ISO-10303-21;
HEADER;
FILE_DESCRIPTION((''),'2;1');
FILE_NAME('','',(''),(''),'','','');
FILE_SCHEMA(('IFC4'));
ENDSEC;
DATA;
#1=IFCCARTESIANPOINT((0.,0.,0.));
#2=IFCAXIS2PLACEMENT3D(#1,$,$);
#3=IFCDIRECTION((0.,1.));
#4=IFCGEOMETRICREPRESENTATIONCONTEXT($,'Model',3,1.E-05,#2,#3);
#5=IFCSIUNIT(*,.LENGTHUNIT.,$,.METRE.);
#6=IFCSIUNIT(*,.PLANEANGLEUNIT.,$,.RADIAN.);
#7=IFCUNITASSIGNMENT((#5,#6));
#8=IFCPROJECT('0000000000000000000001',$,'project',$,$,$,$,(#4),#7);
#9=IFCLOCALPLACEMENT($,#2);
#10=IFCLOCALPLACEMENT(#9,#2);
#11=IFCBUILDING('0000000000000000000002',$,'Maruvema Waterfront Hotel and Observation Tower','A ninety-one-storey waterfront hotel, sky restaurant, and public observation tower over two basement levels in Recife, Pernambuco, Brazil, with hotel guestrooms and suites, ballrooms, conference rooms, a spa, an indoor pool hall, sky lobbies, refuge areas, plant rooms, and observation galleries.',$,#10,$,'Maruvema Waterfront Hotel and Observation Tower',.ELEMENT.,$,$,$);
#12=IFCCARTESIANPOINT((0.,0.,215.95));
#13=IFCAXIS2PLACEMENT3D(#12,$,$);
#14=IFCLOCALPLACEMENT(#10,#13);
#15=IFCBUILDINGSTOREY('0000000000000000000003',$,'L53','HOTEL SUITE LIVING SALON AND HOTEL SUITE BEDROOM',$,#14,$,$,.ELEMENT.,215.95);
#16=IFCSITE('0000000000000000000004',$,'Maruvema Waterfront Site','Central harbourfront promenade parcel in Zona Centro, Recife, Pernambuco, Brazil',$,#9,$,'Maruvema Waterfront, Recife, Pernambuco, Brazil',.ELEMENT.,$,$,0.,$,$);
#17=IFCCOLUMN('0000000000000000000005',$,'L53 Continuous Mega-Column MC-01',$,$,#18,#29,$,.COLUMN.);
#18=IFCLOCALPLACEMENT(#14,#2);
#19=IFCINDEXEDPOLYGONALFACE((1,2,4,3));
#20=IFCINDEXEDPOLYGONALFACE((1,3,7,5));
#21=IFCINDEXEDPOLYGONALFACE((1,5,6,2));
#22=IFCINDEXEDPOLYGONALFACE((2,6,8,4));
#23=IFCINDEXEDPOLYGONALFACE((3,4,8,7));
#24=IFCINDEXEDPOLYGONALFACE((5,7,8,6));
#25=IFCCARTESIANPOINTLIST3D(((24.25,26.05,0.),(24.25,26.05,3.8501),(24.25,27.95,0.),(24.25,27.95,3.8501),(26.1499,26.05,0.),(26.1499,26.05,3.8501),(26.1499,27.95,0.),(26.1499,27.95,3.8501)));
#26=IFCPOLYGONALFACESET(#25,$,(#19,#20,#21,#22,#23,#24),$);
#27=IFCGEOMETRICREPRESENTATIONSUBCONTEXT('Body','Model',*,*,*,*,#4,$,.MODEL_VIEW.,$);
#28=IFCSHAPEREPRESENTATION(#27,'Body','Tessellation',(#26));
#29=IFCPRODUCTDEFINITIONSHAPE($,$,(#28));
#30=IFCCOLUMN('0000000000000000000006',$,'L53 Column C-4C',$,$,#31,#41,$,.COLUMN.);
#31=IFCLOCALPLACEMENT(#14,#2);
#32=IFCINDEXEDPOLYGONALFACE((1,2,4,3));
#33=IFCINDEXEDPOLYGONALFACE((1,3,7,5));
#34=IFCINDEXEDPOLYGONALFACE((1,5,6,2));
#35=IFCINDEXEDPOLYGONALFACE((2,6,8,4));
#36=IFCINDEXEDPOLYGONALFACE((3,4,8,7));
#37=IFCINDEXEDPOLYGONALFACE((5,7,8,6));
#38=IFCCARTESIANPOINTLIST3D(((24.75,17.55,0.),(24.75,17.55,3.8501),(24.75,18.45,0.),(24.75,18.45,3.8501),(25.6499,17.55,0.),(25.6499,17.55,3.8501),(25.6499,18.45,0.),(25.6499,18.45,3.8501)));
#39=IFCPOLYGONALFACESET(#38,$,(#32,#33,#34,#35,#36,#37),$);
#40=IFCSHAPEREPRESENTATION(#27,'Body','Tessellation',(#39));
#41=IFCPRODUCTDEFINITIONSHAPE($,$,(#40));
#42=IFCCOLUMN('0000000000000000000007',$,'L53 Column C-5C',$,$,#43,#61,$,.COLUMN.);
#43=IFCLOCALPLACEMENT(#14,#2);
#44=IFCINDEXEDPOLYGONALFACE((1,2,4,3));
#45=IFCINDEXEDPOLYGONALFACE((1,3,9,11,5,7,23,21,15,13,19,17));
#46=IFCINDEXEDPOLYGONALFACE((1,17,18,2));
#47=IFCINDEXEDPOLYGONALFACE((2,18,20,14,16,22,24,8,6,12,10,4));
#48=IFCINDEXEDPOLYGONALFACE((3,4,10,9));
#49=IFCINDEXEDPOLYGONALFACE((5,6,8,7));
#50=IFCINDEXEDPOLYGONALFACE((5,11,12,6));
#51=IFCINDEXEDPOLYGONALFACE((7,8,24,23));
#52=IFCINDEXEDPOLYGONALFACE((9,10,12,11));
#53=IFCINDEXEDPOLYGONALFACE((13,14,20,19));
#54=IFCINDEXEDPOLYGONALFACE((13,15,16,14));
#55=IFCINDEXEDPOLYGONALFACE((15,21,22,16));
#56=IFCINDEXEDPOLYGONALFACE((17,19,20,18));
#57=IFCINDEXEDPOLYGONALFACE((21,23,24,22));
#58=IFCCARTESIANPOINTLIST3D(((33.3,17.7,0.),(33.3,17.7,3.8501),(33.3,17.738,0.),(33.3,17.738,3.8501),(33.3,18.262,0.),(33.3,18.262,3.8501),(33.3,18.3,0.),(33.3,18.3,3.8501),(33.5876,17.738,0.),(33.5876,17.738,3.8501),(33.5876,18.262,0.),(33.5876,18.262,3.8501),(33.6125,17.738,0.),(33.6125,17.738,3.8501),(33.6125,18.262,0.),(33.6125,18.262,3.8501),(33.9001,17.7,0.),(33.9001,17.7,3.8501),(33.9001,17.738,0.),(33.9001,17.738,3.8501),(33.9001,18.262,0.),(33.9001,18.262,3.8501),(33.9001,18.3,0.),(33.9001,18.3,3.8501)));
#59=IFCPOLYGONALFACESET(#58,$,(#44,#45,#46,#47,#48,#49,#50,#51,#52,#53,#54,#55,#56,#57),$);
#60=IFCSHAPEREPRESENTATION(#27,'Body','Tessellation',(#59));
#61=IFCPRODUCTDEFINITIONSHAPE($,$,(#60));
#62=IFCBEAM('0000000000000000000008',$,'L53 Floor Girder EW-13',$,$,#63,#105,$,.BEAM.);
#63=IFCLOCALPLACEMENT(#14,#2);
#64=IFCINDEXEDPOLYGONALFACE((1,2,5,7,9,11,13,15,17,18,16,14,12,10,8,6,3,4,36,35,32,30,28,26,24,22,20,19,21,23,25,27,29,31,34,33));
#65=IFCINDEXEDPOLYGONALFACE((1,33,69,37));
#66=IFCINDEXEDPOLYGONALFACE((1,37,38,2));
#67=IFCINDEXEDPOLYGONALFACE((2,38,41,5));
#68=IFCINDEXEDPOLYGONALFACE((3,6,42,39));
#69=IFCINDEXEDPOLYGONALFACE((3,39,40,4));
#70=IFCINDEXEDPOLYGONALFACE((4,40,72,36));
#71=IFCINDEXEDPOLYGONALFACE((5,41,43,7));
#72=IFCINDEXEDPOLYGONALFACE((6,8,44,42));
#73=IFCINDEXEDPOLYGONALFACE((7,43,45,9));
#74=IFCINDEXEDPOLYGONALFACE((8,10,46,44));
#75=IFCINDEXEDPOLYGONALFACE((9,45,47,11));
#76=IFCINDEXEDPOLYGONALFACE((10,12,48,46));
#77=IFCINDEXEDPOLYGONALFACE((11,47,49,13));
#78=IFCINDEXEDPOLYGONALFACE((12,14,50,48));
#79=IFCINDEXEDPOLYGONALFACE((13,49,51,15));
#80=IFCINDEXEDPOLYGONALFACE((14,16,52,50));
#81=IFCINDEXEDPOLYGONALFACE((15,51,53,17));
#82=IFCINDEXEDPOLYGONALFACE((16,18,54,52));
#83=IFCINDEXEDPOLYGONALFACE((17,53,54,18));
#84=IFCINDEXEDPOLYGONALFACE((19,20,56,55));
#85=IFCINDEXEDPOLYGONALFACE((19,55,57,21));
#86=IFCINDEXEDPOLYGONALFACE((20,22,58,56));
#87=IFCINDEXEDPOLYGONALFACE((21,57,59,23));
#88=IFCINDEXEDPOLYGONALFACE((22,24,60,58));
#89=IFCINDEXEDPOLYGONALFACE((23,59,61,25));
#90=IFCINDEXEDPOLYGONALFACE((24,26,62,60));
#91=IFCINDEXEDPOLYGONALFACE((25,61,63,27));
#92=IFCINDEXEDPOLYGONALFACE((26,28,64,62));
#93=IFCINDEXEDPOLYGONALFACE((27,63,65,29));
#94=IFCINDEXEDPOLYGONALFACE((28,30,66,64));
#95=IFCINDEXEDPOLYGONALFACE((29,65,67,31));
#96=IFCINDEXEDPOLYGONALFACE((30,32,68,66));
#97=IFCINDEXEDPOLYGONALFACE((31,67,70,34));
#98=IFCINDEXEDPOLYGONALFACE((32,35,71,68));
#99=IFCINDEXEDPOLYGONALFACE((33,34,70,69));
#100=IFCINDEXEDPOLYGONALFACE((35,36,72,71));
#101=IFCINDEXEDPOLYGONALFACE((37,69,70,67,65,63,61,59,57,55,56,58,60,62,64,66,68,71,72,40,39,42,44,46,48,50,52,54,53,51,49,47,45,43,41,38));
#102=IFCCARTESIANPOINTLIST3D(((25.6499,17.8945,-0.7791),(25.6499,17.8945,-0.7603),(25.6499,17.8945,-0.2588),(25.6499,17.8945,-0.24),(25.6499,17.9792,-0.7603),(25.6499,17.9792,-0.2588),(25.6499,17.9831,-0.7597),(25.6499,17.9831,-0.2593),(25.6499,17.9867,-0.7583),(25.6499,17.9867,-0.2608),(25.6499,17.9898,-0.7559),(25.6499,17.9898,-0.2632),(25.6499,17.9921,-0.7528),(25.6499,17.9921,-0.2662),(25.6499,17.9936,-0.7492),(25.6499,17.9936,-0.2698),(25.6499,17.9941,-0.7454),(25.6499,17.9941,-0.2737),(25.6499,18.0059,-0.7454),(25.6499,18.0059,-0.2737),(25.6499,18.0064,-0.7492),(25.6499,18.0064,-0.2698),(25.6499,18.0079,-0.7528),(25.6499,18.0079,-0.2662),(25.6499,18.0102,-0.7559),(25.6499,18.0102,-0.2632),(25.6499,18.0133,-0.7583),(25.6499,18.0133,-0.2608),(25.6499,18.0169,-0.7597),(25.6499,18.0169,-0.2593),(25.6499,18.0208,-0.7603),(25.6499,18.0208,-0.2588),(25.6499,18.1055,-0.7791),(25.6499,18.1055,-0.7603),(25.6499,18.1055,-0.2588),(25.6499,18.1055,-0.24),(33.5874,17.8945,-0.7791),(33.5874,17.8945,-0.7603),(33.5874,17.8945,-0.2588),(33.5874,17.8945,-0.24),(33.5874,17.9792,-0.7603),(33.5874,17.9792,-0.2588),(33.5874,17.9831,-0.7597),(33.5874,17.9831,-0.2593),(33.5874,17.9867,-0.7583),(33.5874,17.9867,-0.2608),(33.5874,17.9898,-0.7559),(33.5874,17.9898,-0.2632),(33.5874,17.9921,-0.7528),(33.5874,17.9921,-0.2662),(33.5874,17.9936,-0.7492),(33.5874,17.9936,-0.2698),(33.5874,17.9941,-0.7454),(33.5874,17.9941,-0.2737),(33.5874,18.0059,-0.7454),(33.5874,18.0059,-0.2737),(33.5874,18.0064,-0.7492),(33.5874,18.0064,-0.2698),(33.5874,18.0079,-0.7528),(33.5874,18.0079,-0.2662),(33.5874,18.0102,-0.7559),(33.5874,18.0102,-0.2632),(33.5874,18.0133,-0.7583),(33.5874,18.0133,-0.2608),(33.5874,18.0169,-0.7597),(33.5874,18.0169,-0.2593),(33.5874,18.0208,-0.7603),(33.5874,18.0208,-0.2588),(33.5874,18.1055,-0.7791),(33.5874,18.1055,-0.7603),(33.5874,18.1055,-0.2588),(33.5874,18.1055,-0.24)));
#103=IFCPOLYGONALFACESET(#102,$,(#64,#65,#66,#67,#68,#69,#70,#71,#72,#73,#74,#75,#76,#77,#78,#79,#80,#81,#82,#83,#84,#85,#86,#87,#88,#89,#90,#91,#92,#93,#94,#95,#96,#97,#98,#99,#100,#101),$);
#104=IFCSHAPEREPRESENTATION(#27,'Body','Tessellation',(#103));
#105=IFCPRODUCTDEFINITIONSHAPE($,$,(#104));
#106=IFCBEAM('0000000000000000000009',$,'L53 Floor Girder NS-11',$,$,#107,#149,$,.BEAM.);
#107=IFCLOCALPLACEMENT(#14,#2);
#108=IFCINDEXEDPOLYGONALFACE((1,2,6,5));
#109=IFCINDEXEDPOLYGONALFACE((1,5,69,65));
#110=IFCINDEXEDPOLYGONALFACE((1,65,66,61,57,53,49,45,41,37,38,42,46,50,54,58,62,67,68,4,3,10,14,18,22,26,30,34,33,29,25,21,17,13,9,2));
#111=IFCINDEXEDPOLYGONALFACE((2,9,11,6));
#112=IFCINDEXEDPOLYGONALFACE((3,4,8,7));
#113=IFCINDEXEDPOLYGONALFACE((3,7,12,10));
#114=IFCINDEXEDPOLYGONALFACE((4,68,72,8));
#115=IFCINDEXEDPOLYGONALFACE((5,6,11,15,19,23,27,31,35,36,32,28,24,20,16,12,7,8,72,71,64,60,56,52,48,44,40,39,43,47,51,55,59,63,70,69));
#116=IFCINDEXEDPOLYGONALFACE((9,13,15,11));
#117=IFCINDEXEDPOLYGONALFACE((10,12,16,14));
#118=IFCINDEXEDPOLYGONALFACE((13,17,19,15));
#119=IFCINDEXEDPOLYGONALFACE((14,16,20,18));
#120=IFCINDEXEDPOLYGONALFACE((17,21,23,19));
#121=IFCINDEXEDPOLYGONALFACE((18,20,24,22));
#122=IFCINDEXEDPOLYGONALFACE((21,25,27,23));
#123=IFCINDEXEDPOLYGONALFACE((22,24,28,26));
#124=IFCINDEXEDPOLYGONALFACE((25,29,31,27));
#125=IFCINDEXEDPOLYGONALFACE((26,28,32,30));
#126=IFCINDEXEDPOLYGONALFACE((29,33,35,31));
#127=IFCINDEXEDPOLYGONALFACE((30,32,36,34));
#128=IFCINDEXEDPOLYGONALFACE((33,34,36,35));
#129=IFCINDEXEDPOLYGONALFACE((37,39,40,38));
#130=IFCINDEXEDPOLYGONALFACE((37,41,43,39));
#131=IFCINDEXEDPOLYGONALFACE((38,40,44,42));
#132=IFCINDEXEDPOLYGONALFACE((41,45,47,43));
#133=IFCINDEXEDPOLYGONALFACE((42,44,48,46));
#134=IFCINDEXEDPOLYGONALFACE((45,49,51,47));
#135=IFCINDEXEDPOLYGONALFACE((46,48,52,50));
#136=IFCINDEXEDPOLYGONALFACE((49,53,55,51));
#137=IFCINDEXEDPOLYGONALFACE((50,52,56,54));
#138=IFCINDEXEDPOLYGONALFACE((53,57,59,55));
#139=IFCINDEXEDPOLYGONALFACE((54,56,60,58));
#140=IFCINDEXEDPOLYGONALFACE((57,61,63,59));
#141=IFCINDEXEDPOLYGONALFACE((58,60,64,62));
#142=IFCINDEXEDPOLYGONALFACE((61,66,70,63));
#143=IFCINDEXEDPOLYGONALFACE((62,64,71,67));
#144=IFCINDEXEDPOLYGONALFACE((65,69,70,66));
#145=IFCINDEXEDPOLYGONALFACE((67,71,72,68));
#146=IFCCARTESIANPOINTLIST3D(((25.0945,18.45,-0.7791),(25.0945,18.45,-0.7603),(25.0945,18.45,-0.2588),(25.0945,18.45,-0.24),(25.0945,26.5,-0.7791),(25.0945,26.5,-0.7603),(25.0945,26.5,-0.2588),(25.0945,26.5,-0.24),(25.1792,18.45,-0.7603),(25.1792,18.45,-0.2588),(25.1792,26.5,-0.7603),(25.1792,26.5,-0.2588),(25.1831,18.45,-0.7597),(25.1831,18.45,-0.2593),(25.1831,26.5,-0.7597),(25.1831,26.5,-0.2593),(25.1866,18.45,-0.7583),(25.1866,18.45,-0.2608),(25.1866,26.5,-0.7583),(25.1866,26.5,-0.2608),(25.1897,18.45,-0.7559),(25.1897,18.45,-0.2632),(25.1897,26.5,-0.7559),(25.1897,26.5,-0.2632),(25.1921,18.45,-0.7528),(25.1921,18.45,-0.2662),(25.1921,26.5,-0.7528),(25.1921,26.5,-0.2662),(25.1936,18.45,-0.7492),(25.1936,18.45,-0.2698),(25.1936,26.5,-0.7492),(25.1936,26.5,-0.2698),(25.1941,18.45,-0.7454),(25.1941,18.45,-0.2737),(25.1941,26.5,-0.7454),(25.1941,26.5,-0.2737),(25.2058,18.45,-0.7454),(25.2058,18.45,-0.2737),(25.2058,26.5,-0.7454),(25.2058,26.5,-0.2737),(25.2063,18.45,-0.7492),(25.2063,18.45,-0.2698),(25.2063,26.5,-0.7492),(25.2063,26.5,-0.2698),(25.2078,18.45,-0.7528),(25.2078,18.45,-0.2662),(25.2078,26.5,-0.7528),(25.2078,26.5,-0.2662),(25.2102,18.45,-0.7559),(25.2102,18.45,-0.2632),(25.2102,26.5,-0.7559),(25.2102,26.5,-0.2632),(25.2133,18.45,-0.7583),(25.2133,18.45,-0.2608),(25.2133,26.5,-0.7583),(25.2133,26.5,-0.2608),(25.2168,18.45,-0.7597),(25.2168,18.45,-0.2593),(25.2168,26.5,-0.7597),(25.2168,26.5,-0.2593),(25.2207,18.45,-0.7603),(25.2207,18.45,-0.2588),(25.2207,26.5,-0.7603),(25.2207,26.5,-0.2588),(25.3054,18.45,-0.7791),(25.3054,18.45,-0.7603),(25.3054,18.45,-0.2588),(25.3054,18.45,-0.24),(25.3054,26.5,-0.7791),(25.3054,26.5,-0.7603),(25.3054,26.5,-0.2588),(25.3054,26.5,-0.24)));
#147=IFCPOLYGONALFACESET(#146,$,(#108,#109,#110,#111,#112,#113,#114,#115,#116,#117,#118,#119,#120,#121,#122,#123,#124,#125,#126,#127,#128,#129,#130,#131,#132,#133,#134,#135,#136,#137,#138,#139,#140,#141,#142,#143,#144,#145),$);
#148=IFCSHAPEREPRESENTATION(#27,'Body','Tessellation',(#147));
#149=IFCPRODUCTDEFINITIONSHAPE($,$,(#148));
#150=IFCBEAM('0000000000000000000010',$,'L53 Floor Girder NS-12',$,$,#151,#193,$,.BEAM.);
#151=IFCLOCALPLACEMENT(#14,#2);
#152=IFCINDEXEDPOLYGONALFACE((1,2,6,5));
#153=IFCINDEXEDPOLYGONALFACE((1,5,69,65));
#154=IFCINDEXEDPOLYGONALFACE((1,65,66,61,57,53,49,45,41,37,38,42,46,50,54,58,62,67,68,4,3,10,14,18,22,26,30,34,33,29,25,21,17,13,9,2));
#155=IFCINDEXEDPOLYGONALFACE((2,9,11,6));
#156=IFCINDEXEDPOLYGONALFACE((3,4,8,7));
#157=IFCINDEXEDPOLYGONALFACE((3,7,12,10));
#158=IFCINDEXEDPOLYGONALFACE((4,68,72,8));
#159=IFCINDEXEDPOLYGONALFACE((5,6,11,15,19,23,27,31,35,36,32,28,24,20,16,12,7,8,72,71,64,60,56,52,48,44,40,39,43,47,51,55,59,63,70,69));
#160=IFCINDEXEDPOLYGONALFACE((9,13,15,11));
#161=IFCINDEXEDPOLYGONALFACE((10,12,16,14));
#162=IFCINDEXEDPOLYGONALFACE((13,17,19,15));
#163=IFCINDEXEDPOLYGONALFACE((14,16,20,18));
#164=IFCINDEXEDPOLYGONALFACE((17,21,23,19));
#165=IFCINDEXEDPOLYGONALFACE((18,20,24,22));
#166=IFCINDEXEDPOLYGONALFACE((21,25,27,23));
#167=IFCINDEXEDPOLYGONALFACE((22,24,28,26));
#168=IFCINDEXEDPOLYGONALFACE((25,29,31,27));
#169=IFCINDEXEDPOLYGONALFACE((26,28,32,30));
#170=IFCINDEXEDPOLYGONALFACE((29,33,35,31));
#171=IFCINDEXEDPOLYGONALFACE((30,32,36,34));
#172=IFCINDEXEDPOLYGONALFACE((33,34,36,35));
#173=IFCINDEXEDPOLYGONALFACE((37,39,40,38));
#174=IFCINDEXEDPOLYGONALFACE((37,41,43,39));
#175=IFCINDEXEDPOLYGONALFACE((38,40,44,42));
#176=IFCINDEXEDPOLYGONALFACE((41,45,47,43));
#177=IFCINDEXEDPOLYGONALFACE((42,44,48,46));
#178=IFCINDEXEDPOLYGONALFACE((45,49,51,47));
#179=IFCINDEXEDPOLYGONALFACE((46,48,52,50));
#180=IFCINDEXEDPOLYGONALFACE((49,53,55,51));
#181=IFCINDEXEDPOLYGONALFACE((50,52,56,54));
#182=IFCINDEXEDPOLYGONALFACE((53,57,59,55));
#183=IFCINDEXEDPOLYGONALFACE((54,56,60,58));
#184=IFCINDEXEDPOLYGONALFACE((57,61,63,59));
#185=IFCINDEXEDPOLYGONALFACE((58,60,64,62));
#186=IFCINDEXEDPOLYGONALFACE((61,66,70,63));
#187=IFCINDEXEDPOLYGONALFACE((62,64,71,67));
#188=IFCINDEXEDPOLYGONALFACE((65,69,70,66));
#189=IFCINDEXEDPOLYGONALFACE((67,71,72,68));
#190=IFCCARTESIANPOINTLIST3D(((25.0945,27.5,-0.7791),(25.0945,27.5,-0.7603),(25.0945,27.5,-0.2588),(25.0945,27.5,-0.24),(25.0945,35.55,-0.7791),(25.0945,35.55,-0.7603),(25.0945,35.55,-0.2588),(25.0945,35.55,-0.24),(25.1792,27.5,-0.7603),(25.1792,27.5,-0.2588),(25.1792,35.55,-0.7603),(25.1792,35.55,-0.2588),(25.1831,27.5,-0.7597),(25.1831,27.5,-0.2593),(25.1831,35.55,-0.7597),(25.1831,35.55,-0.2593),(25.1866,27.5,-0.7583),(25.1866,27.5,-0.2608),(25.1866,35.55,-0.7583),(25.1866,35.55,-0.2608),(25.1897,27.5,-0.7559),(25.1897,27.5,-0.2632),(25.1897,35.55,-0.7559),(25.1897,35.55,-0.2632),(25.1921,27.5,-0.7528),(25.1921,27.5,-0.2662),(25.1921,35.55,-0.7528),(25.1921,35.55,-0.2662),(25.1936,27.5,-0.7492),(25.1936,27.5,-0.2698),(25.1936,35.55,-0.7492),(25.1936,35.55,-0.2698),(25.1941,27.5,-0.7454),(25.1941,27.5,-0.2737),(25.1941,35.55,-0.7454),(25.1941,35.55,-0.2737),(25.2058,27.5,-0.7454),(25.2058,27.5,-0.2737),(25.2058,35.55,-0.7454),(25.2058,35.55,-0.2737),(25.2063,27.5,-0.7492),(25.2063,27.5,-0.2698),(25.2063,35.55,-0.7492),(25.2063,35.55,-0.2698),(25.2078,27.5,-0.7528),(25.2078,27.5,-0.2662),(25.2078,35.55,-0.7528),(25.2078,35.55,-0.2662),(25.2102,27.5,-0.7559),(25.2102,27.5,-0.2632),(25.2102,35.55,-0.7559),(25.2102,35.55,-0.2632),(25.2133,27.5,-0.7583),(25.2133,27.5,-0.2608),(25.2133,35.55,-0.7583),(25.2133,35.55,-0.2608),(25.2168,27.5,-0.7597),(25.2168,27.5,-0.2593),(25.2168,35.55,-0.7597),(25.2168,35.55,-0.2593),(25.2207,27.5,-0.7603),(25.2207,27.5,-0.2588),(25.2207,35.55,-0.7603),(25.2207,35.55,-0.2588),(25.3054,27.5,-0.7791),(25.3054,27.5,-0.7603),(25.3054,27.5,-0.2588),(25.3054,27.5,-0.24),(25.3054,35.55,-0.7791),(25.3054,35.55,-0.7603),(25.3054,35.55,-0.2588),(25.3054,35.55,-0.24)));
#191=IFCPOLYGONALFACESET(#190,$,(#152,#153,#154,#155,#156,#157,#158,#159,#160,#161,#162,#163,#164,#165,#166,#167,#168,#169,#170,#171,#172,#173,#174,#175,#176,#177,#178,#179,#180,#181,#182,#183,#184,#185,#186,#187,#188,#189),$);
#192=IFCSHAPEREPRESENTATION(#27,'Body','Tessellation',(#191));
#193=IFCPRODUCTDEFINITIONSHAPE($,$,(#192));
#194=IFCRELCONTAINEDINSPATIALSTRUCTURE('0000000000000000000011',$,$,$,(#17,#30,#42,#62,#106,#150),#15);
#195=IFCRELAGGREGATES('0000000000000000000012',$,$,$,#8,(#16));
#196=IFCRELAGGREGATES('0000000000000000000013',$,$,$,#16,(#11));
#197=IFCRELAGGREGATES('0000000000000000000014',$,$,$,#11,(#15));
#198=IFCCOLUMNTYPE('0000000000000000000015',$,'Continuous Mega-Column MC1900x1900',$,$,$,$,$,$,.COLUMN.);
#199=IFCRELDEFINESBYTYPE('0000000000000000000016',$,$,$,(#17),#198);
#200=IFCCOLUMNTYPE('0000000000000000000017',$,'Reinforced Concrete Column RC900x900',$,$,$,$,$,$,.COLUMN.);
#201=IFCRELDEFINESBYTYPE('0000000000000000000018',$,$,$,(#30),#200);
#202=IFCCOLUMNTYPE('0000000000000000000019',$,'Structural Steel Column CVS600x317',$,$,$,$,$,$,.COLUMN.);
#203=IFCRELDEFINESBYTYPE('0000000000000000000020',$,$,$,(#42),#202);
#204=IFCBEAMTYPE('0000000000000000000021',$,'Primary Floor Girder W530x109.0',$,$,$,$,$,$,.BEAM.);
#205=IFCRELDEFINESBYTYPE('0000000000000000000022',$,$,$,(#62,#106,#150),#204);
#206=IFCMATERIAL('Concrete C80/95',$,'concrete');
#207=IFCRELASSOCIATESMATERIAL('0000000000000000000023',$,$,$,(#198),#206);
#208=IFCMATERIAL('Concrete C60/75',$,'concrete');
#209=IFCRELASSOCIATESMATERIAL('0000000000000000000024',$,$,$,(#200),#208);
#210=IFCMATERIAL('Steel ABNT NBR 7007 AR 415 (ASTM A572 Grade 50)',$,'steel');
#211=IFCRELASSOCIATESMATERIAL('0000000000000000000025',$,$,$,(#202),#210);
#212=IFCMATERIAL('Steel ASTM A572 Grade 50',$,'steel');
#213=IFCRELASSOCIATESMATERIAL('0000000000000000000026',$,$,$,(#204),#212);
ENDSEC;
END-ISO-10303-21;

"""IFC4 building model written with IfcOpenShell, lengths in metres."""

from ifc_helpers import new_model, si_unit, direction, frame, origin, origin_2d, place, context, subcontext, project, spatial, rectangle, i_section, extrude, material, material_profile, profile_set, type_object, element, save


model = new_model("IFC4")

# Units and contexts
model_context = context("Model", 3, precision=1e-05, world=origin(), true_north=direction((0.0, 1.0)))
body_context = subcontext(model_context, "Body", "Model", "MODEL_VIEW")
ifc_project = project(units=[si_unit("LENGTHUNIT", "METRE"), si_unit("PLANEANGLEUNIT", "RADIAN")], contexts=[model_context])

# Site, building, storey
site_placement = place(None, origin())
site = spatial("IfcSite", under=ifc_project, at=site_placement, Name="Maruvema Waterfront Site", Description="Central harbourfront promenade parcel in Zona Centro, Recife, Pernambuco, Brazil", LongName="Maruvema Waterfront, Recife, Pernambuco, Brazil", CompositionType="ELEMENT", RefElevation=0.0)
building_placement = place(site_placement, origin())
building = spatial("IfcBuilding", under=site, at=building_placement, Name="Maruvema Waterfront Hotel and Observation Tower", Description="A ninety-one-storey waterfront hotel, sky restaurant, and public observation tower over two basement levels in Recife, Pernambuco, Brazil, with hotel guestrooms and suites, ballrooms, conference rooms, a spa, an indoor pool hall, sky lobbies, refuge areas, plant rooms, and observation galleries.", LongName="Maruvema Waterfront Hotel and Observation Tower", CompositionType="ELEMENT")
storey_placement = place(building_placement, frame((0.0, 0.0, 215.95)))
storey = spatial("IfcBuildingStorey", under=building, at=storey_placement, Name="L53", Description="HOTEL SUITE LIVING SALON AND HOTEL SUITE BEDROOM", CompositionType="ELEMENT", Elevation=215.95)

# Columns
ifc_material_1 = material(Name="Concrete C80/95", Category="concrete")
ifc_material_profile_1 = material_profile(ifc_material_1, rectangle(XDim=1.8999, YDim=1.8999, at=origin_2d()), Name="MC1900x1900")
ifc_profile_set_1 = profile_set([ifc_material_profile_1], Name="Concrete C80/95")
column_type_1 = type_object("IfcColumnType", Name="Continuous Mega-Column MC1900x1900", PredefinedType="COLUMN", material=ifc_profile_set_1)
column_1_placement = place(storey_placement, frame((25.2, 27.0, 0.0), z_axis=(0.0, 0.0, 1.0), x_axis=(1.0, 0.0, 0.0)))
element("IfcColumn", 1, at=column_1_placement, inside=storey, type_object=column_type_1, Name="L53 Continuous Mega-Column MC-01", PredefinedType="COLUMN", context=body_context, shape_type="SweptSolid", body=[
    extrude(rectangle(XDim=1.8999, YDim=1.8999, at=origin_2d()), origin(), (0.0, 0.0, 1.0), 3.8501),
])
ifc_material_2 = material(Name="Concrete C60/75", Category="concrete")
ifc_material_profile_2 = material_profile(ifc_material_2, rectangle(XDim=0.8999, YDim=0.8999, at=origin_2d()), Name="RC900x900")
ifc_profile_set_2 = profile_set([ifc_material_profile_2], Name="Concrete C60/75")
column_type_2 = type_object("IfcColumnType", Name="Reinforced Concrete Column RC900x900", PredefinedType="COLUMN", material=ifc_profile_set_2)
column_2_placement = place(storey_placement, frame((25.2, 18.0, 0.0), z_axis=(0.0, 0.0, 1.0), x_axis=(1.0, 0.0, 0.0)))
element("IfcColumn", 2, at=column_2_placement, inside=storey, type_object=column_type_2, Name="L53 Column C-4C", PredefinedType="COLUMN", context=body_context, shape_type="SweptSolid", body=[
    extrude(rectangle(XDim=0.8999, YDim=0.8999, at=origin_2d()), origin(), (0.0, 0.0, 1.0), 3.8501),
])
ifc_material_3 = material(Name="Steel ABNT NBR 7007 AR 415 (ASTM A572 Grade 50)", Category="steel")
ifc_material_profile_3 = material_profile(ifc_material_3, i_section(OverallWidth=0.6001, OverallDepth=0.6001, WebThickness=0.0249, FlangeThickness=0.0381, at=origin_2d()), Name="CVS600x317")
ifc_profile_set_3 = profile_set([ifc_material_profile_3], Name="Steel ABNT NBR 7007 AR 415 (ASTM A572 Grade 50)")
column_type_3 = type_object("IfcColumnType", Name="Structural Steel Column CVS600x317", PredefinedType="COLUMN", material=ifc_profile_set_3)
column_3_placement = place(storey_placement, frame((33.6001, 18.0, 0.0), z_axis=(0.0, 0.0, 1.0), x_axis=(1.0, 0.0, 0.0)))
element("IfcColumn", 3, at=column_3_placement, inside=storey, type_object=column_type_3, Name="L53 Column C-5C", PredefinedType="COLUMN", context=body_context, shape_type="SweptSolid", body=[
    extrude(i_section(OverallWidth=0.6001, OverallDepth=0.6001, WebThickness=0.0249, FlangeThickness=0.0381, at=origin_2d()), origin(), (0.0, 0.0, 1.0), 3.8501),
])

# Beams
ifc_material_4 = material(Name="Steel ASTM A572 Grade 50", Category="steel")
ifc_material_profile_4 = material_profile(ifc_material_4, i_section(OverallWidth=0.2109, OverallDepth=0.5391, WebThickness=0.0117, FlangeThickness=0.0188, FilletRadius=0.0149, at=origin_2d()), Name="W530x109.0")
ifc_profile_set_4 = profile_set([ifc_material_profile_4], Name="Steel ASTM A572 Grade 50")
beam_type_1 = type_object("IfcBeamType", Name="Primary Floor Girder W530x109.0", PredefinedType="BEAM", material=ifc_profile_set_4)
beam_1_placement = place(storey_placement, frame((25.6499, 18.0, -0.5095), z_axis=(1.0, 0.0, 0.0), x_axis=(0.0, 1.0, 0.0)))
element("IfcBeam", 4, at=beam_1_placement, inside=storey, type_object=beam_type_1, Name="L53 Floor Girder EW-13", PredefinedType="BEAM", context=body_context, shape_type="SweptSolid", body=[
    extrude(i_section(OverallWidth=0.2109, OverallDepth=0.5391, WebThickness=0.0117, FlangeThickness=0.0188, FilletRadius=0.0149, at=origin_2d()), origin(), (0.0, 0.0, 1.0), 7.9375),
])
for number, where, z_axis, x_axis, name in (
    (5, (25.2, 18.45, -0.5095), (0.0, 1.0, 0.0), (-1.0, 0.0, 0.0), "L53 Floor Girder NS-11"),
    (6, (25.2, 27.5, -0.5095), (0.0, 1.0, 0.0), (-1.0, 0.0, 0.0), "L53 Floor Girder NS-12"),
):
    element("IfcBeam", number, at=place(storey_placement, frame(where, z_axis=z_axis, x_axis=x_axis)), inside=storey, type_object=beam_type_1, Name=name, PredefinedType="BEAM", context=body_context, shape_type="SweptSolid", body=[
        extrude(i_section(OverallWidth=0.2109, OverallDepth=0.5391, WebThickness=0.0117, FlangeThickness=0.0188, FilletRadius=0.0149, at=origin_2d()), origin(), (0.0, 0.0, 1.0), 8.05),
    ])

save(model, "model.ifc")
